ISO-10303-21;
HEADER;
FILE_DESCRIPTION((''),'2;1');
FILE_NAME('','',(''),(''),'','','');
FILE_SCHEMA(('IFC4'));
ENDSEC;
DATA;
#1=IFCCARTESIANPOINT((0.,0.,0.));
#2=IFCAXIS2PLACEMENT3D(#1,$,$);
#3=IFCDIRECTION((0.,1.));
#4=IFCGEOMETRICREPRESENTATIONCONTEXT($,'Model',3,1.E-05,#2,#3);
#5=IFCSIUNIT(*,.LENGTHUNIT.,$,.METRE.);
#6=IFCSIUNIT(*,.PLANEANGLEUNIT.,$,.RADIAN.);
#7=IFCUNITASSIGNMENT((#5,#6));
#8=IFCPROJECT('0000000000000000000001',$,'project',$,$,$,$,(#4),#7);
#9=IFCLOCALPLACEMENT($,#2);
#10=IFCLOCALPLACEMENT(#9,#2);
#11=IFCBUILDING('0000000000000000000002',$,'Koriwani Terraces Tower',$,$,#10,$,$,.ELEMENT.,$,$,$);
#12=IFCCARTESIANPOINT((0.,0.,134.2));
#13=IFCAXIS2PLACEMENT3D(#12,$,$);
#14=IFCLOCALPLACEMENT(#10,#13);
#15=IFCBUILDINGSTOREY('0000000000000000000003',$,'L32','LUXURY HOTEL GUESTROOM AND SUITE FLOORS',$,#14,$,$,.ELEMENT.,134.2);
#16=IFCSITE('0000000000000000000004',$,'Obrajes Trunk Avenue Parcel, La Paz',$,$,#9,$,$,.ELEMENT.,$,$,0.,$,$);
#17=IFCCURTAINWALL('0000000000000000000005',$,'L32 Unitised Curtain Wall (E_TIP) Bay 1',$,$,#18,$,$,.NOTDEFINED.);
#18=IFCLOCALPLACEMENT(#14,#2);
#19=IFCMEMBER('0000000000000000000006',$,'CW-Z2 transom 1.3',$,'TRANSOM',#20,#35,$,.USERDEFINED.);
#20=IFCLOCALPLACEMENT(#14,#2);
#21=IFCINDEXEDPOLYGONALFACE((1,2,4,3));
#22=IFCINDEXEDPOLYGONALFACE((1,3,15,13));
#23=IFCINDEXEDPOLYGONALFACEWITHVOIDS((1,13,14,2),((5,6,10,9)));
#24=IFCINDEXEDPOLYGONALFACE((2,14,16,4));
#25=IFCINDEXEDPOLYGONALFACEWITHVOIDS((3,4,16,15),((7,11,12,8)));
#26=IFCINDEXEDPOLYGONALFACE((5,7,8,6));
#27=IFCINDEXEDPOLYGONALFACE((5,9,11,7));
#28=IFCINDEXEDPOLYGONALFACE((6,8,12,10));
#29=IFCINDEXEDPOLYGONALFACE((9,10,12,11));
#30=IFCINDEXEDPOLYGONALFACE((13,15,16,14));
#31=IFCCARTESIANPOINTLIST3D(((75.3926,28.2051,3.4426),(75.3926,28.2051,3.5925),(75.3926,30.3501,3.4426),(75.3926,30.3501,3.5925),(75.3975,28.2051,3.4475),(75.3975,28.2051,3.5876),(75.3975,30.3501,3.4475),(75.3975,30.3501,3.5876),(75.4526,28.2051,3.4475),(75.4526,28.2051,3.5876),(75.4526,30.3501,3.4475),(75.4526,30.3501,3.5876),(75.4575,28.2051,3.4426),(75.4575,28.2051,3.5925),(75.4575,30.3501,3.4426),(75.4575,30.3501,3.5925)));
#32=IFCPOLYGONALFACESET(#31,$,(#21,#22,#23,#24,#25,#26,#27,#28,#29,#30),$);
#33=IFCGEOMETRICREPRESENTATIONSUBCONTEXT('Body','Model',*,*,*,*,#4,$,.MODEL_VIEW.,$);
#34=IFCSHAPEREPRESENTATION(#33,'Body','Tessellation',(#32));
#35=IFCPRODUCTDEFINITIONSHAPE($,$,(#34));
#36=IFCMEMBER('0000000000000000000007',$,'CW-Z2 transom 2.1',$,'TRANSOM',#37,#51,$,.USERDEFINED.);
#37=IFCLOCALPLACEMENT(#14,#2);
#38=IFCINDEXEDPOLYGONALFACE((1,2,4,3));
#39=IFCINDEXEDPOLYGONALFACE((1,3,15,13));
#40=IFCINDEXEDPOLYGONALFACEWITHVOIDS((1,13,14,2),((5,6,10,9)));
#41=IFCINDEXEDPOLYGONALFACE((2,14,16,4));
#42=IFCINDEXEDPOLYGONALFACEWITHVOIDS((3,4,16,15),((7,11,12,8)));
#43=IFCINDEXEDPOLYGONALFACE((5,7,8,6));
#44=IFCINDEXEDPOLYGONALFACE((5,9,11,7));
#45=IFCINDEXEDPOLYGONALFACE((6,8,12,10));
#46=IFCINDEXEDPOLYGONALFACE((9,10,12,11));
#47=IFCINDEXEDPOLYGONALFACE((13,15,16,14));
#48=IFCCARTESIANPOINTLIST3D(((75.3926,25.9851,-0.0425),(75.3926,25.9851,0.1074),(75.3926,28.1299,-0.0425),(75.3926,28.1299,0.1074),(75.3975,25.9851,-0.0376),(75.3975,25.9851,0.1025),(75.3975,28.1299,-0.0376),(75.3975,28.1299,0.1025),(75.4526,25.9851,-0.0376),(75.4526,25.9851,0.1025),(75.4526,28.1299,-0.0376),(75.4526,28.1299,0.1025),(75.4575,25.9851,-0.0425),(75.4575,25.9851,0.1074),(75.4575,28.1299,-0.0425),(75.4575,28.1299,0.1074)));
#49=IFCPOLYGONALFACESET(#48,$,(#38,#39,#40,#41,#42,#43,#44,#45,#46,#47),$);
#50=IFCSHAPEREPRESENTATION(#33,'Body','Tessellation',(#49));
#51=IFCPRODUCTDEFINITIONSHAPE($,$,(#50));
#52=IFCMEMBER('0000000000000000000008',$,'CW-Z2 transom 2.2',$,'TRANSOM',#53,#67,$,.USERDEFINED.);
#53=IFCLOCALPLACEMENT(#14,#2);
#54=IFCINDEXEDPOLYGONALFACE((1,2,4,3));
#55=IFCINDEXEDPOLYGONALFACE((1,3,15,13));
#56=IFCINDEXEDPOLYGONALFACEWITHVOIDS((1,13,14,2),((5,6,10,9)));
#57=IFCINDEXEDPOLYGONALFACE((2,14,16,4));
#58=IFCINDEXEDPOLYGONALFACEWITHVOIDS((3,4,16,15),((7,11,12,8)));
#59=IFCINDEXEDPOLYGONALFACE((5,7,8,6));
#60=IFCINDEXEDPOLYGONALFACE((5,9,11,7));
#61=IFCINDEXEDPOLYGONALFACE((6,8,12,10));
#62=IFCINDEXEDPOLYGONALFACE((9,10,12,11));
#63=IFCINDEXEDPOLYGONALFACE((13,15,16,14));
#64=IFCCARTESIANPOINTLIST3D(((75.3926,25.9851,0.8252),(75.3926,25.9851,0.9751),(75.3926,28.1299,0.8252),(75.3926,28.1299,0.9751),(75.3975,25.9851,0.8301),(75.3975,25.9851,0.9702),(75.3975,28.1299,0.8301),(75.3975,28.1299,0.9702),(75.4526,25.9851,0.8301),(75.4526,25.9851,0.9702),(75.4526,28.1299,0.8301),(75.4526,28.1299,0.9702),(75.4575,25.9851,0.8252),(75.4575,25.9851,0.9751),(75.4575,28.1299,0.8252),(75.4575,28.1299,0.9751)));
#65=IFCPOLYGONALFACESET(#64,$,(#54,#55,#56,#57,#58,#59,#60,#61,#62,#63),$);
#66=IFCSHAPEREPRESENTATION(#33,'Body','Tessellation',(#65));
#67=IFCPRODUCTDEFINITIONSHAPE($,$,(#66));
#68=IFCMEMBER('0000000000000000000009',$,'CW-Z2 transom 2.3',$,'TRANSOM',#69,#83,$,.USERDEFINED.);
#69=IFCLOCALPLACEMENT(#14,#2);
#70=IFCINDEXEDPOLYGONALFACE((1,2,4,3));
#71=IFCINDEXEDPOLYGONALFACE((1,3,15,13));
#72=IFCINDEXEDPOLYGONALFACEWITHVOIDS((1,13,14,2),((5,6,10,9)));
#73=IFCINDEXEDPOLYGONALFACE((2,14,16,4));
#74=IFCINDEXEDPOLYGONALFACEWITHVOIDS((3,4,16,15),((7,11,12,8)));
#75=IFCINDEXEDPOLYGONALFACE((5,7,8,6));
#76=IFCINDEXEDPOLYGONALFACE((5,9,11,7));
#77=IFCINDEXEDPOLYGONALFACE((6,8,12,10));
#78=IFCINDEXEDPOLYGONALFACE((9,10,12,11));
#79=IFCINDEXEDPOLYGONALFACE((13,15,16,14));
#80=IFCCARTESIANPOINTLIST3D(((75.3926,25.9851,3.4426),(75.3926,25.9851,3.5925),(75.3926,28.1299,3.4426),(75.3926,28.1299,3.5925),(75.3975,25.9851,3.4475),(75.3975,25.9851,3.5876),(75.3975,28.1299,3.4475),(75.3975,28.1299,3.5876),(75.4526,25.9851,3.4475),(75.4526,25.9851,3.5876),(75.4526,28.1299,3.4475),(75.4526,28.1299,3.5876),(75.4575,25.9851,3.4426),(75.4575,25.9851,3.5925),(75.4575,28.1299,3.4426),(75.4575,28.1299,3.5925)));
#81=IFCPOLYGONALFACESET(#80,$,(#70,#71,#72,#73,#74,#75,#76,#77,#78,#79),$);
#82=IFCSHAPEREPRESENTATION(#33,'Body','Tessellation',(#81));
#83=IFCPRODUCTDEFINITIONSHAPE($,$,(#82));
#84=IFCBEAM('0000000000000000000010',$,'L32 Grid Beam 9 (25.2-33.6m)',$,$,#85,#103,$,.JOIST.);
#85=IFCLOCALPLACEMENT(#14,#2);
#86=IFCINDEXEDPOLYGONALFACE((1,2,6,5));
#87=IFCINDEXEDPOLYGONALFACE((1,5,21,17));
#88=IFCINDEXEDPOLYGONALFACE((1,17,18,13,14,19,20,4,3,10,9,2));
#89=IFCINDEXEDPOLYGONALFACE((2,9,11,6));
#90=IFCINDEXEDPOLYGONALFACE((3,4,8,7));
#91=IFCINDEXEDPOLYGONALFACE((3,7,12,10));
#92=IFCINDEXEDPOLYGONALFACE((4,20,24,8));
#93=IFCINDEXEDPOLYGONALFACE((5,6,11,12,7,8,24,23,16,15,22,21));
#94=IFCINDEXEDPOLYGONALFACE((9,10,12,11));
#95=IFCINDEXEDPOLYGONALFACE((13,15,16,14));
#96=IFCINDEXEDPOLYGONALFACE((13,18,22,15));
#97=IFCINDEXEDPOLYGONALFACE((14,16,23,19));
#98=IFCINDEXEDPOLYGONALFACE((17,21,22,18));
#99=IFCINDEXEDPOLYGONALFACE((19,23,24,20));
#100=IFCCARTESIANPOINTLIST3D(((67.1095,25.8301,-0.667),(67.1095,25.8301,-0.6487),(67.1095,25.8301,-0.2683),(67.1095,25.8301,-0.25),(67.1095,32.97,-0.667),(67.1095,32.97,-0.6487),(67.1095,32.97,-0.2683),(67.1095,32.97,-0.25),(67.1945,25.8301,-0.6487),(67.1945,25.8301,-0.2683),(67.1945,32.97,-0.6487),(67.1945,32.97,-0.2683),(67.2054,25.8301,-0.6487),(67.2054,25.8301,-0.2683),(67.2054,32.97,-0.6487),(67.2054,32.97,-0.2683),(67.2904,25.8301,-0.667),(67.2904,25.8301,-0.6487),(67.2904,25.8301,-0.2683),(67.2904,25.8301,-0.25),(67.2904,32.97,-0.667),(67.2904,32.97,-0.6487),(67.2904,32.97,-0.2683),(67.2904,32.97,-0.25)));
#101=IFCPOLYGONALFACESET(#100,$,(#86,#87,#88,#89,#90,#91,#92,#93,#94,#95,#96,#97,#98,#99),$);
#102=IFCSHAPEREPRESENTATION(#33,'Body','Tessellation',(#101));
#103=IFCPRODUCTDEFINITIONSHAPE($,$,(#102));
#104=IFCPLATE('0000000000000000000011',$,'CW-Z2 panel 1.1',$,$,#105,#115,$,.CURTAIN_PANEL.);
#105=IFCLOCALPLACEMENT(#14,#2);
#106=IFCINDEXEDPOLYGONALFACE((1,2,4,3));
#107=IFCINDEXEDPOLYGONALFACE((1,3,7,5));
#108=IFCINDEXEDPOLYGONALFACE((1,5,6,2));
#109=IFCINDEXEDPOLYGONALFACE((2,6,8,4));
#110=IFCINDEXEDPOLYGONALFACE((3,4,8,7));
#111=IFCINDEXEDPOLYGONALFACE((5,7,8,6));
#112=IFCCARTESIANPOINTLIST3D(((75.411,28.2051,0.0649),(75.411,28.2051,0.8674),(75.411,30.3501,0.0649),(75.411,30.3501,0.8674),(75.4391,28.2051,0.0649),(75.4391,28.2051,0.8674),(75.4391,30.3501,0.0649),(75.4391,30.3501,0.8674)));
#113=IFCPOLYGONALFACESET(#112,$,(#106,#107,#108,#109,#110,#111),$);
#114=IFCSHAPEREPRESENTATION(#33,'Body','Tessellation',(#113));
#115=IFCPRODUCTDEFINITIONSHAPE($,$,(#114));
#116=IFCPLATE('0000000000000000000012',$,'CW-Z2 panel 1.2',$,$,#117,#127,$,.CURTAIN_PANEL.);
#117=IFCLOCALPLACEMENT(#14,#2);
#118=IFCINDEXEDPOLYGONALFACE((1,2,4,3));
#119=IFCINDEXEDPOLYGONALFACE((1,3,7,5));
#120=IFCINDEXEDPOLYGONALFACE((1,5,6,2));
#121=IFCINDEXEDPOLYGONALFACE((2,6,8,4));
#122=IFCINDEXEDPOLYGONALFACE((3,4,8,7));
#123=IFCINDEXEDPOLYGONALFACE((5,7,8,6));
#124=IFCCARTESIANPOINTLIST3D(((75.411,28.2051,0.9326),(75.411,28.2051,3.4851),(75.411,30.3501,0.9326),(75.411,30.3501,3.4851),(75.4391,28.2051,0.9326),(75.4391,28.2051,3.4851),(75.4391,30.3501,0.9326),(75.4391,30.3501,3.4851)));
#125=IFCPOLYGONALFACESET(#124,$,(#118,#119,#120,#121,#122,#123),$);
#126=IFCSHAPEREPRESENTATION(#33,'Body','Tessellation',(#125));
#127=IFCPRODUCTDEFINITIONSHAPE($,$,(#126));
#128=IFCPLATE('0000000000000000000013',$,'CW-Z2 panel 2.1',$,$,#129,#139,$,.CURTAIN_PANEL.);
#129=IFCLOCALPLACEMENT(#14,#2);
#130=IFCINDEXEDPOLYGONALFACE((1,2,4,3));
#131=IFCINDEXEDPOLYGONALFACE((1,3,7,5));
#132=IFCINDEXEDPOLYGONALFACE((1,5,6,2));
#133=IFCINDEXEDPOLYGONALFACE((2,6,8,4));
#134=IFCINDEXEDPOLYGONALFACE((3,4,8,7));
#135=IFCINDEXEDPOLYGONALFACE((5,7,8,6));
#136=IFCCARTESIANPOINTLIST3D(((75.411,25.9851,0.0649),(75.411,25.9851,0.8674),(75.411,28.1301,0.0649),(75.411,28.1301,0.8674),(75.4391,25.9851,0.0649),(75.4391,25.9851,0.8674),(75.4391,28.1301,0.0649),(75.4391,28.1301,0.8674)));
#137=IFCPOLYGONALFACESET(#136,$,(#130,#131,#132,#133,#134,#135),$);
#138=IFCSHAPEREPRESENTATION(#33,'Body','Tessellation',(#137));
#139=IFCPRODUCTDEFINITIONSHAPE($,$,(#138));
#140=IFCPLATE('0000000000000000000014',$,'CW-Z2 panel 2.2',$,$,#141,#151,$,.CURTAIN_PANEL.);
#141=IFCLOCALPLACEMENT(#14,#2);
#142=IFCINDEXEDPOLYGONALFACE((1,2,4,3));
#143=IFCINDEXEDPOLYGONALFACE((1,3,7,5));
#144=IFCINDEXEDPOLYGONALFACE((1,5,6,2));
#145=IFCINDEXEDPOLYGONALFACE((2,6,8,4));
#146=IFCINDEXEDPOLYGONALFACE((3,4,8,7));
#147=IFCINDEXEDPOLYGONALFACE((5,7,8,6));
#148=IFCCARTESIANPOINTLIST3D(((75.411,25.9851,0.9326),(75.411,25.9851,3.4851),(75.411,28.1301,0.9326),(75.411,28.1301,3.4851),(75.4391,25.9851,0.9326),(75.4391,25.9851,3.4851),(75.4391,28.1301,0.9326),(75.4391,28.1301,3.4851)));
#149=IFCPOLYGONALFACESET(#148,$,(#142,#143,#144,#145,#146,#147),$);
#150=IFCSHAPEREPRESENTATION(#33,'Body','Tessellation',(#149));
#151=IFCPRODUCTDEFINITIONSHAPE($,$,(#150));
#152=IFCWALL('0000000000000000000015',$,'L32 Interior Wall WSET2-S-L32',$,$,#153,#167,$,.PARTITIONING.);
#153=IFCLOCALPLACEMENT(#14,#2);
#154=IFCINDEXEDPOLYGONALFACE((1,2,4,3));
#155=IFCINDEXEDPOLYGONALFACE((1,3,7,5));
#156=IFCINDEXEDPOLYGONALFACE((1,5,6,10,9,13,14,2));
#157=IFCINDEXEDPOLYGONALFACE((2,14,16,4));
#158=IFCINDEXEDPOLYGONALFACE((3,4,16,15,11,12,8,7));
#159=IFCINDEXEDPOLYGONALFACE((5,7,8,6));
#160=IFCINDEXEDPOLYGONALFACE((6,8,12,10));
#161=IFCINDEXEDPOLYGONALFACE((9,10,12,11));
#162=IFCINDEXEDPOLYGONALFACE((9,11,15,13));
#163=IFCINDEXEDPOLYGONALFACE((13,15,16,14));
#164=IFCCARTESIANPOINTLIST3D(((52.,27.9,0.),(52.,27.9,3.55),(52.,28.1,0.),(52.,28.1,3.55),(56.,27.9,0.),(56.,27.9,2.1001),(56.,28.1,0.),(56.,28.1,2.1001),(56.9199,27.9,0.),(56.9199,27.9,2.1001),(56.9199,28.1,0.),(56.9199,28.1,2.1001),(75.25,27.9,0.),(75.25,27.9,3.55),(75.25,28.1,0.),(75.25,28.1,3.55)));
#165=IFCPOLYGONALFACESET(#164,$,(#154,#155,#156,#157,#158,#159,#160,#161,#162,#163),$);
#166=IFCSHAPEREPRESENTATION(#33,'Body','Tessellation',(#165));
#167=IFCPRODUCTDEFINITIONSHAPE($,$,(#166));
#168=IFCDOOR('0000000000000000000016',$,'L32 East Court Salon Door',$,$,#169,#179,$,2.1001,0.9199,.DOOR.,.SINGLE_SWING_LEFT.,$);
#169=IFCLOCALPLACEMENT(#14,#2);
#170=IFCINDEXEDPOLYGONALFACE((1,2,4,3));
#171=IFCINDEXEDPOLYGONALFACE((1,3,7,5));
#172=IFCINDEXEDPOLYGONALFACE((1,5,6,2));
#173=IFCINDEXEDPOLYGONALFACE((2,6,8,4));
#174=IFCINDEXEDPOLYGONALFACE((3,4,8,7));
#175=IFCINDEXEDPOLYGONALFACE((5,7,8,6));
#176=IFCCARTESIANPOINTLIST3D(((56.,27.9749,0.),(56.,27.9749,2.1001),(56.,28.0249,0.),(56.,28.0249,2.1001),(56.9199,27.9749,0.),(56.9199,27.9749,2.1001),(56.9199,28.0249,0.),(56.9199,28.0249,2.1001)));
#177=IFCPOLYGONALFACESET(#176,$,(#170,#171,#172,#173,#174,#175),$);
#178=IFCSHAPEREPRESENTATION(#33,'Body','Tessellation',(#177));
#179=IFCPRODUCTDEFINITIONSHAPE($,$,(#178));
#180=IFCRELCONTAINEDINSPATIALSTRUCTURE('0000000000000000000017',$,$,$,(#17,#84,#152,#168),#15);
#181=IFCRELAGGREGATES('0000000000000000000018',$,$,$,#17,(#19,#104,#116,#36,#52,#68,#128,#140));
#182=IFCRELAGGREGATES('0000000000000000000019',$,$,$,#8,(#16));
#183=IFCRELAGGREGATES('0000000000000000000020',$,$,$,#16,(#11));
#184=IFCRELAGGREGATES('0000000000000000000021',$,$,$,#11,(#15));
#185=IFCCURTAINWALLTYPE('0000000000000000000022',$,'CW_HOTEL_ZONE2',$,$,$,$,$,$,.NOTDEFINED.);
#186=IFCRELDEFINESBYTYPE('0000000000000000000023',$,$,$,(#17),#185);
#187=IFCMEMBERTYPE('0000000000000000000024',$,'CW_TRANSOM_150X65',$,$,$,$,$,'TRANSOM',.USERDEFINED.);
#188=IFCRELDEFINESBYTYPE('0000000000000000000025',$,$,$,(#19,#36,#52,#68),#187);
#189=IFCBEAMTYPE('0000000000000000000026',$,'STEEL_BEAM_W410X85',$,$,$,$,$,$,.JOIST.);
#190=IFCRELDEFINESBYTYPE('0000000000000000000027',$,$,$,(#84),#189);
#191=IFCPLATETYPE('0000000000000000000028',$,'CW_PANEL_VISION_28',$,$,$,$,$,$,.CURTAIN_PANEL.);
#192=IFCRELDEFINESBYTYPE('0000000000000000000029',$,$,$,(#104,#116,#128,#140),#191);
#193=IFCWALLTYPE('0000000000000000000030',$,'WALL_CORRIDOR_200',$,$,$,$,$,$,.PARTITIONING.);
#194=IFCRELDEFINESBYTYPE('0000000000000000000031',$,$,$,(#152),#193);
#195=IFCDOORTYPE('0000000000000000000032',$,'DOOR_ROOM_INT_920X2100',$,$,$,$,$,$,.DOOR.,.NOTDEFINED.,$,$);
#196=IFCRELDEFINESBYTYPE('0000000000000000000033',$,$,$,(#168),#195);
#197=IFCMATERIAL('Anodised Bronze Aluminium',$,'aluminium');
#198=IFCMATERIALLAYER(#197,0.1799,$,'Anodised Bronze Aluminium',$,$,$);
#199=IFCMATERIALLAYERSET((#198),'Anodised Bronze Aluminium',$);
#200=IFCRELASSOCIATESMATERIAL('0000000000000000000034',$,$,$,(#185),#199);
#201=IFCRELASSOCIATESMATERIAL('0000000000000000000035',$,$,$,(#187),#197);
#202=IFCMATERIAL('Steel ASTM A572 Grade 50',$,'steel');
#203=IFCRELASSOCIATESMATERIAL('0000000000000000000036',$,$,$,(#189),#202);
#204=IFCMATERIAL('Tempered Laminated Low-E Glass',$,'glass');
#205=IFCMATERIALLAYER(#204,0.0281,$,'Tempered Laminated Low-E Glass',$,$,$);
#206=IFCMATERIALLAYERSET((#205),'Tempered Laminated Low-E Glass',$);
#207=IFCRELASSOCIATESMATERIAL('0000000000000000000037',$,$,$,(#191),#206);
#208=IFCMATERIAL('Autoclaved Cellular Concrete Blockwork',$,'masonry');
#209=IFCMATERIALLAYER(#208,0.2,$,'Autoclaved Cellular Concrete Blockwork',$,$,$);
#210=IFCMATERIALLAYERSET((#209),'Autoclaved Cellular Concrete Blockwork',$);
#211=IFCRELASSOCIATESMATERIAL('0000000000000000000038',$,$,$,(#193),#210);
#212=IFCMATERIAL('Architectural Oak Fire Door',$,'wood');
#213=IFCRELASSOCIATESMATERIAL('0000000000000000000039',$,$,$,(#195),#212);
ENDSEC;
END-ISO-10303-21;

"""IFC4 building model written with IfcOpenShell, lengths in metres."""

from ifc_helpers import new_model, si_unit, direction, frame, frame_2d, origin, origin_2d, place, context, subcontext, project, spatial, rectangle, hollow_rectangle, i_section, extrude, material, layer, layer_set, material_profile, profile_set, type_object, element, fill, aggregate, save


model = new_model("IFC4")

# Units and contexts
model_context = context("Model", 3, precision=1e-05, world=origin(), true_north=direction((0.0, 1.0)))
body_context = subcontext(model_context, "Body", "Model", "MODEL_VIEW")
ifc_project = project(units=[si_unit("LENGTHUNIT", "METRE"), si_unit("PLANEANGLEUNIT", "RADIAN")], contexts=[model_context])

# Site, building, storey
site_placement = place(None, origin())
site = spatial("IfcSite", under=ifc_project, at=site_placement, Name="Obrajes Trunk Avenue Parcel, La Paz", CompositionType="ELEMENT", RefElevation=0.0)
building_placement = place(site_placement, origin())
building = spatial("IfcBuilding", under=site, at=building_placement, Name="Koriwani Terraces Tower", CompositionType="ELEMENT")
storey_placement = place(building_placement, frame((0.0, 0.0, 134.2)))
storey = spatial("IfcBuildingStorey", under=building, at=storey_placement, Name="L32", Description="LUXURY HOTEL GUESTROOM AND SUITE FLOORS", CompositionType="ELEMENT", Elevation=134.2)

# Curtain wall, members
ifc_material_1 = material(Name="Anodised Bronze Aluminium", Category="aluminium")
ifc_layer_1 = layer(ifc_material_1, 0.1799, Name="Anodised Bronze Aluminium")
ifc_layer_set_1 = layer_set([ifc_layer_1], Name="Anodised Bronze Aluminium")
curtain_wall_type = type_object("IfcCurtainWallType", Name="CW_HOTEL_ZONE2", PredefinedType="NOTDEFINED", material=ifc_layer_set_1)
curtain_wall_placement = place(storey_placement, origin())
curtain_wall = element("IfcCurtainWall", 1, at=curtain_wall_placement, inside=storey, type_object=curtain_wall_type, Name="L32 Unitised Curtain Wall (E_TIP) Bay 1", PredefinedType="NOTDEFINED")
ifc_material_profile_1 = material_profile(ifc_material_1, hollow_rectangle(XDim=0.0649, YDim=0.1499, WallThickness=0.0049, at=origin_2d()), Name="Anodised Bronze Aluminium", Category="LoadBearing")
ifc_profile_set_1 = profile_set([ifc_material_profile_1], Name="Anodised Bronze Aluminium")
member_type_1 = type_object("IfcMemberType", Name="CW_TRANSOM_150X65", ElementType="TRANSOM", PredefinedType="USERDEFINED", material=ifc_profile_set_1)
member_1_placement = place(storey_placement, frame((75.425, 30.3501, 3.5176), z_axis=(0.0, -1.0, 0.0), x_axis=(1.0, 0.0, 0.0)))
member_1 = element("IfcMember", 2, at=member_1_placement, type_object=member_type_1, Name="CW-Z2 transom 1.3", ObjectType="TRANSOM", PredefinedType="USERDEFINED", context=body_context, shape_type="SweptSolid", body=[
    extrude(hollow_rectangle(XDim=0.0649, YDim=0.1499, WallThickness=0.0049, at=origin_2d()), origin(), (0.0, 0.0, 1.0), 2.145),
])
member_2_placement = place(storey_placement, frame((75.425, 28.1299, 0.0325), z_axis=(0.0, -1.0, 0.0), x_axis=(1.0, 0.0, 0.0)))
member_2 = element("IfcMember", 3, at=member_2_placement, type_object=member_type_1, Name="CW-Z2 transom 2.1", ObjectType="TRANSOM", PredefinedType="USERDEFINED", context=body_context, shape_type="SweptSolid", body=[
    extrude(hollow_rectangle(XDim=0.0649, YDim=0.1499, WallThickness=0.0049, at=origin_2d()), origin(), (0.0, 0.0, 1.0), 2.1448),
])
member_3_placement = place(storey_placement, frame((75.425, 28.1299, 0.9001), z_axis=(0.0, -1.0, 0.0), x_axis=(1.0, 0.0, 0.0)))
member_3 = element("IfcMember", 4, at=member_3_placement, type_object=member_type_1, Name="CW-Z2 transom 2.2", ObjectType="TRANSOM", PredefinedType="USERDEFINED", context=body_context, shape_type="SweptSolid", body=[
    extrude(hollow_rectangle(XDim=0.0649, YDim=0.1499, WallThickness=0.0049, at=origin_2d()), origin(), (0.0, 0.0, 1.0), 2.1448),
])
member_4_placement = place(storey_placement, frame((75.425, 28.1299, 3.5176), z_axis=(0.0, -1.0, 0.0), x_axis=(1.0, 0.0, 0.0)))
member_4 = element("IfcMember", 5, at=member_4_placement, type_object=member_type_1, Name="CW-Z2 transom 2.3", ObjectType="TRANSOM", PredefinedType="USERDEFINED", context=body_context, shape_type="SweptSolid", body=[
    extrude(hollow_rectangle(XDim=0.0649, YDim=0.1499, WallThickness=0.0049, at=origin_2d()), origin(), (0.0, 0.0, 1.0), 2.1448),
])

# Beam
ifc_material_2 = material(Name="Steel ASTM A572 Grade 50", Category="steel")
ifc_material_profile_2 = material_profile(ifc_material_2, i_section(OverallWidth=0.1809, OverallDepth=0.417, WebThickness=0.011, FlangeThickness=0.0183, at=origin_2d()), Name="Steel ASTM A572 Grade 50", Category="LoadBearing")
ifc_profile_set_2 = profile_set([ifc_material_profile_2], Name="Steel ASTM A572 Grade 50")
beam_type_1 = type_object("IfcBeamType", Name="STEEL_BEAM_W410X85", PredefinedType="JOIST", material=ifc_profile_set_2)
beam_1_placement = place(storey_placement, frame((67.2, 25.8301, -0.4585), z_axis=(0.0, 1.0, 0.0), x_axis=(-1.0, 0.0, 0.0)))
element("IfcBeam", 6, at=beam_1_placement, inside=storey, type_object=beam_type_1, Name="L32 Grid Beam 9 (25.2-33.6m)", PredefinedType="JOIST", context=body_context, shape_type="SweptSolid", body=[
    extrude(i_section(OverallWidth=0.1809, OverallDepth=0.417, WebThickness=0.011, FlangeThickness=0.0183, at=origin_2d()), origin(), (0.0, 0.0, 1.0), 7.1399),
])

# Plates
ifc_material_3 = material(Name="Tempered Laminated Low-E Glass", Category="glass")
ifc_layer_2 = layer(ifc_material_3, 0.0281, Name="Tempered Laminated Low-E Glass")
ifc_layer_set_2 = layer_set([ifc_layer_2], Name="Tempered Laminated Low-E Glass")
plate_type = type_object("IfcPlateType", Name="CW_PANEL_VISION_28", PredefinedType="CURTAIN_PANEL", material=ifc_layer_set_2)
plate_1_placement = place(storey_placement, frame((75.425, 29.2776, 0.0649), z_axis=(0.0, 0.0, 1.0), x_axis=(0.0, -1.0, 0.0)))
plate_1 = element("IfcPlate", 7, at=plate_1_placement, type_object=plate_type, Name="CW-Z2 panel 1.1", PredefinedType="CURTAIN_PANEL", context=body_context, shape_type="SweptSolid", body=[
    extrude(rectangle(XDim=2.145, YDim=0.0281, at=origin_2d()), origin(), (0.0, 0.0, 1.0), 0.8025),
])
plate_2_placement = place(storey_placement, frame((75.425, 29.2776, 0.9326), z_axis=(0.0, 0.0, 1.0), x_axis=(0.0, -1.0, 0.0)))
plate_2 = element("IfcPlate", 8, at=plate_2_placement, type_object=plate_type, Name="CW-Z2 panel 1.2", PredefinedType="CURTAIN_PANEL", context=body_context, shape_type="SweptSolid", body=[
    extrude(rectangle(XDim=2.145, YDim=0.0281, at=origin_2d()), origin(), (0.0, 0.0, 1.0), 2.5525),
])
plate_3_placement = place(storey_placement, frame((75.425, 27.0576, 0.0649), z_axis=(0.0, 0.0, 1.0), x_axis=(0.0, -1.0, 0.0)))
plate_3 = element("IfcPlate", 9, at=plate_3_placement, type_object=plate_type, Name="CW-Z2 panel 2.1", PredefinedType="CURTAIN_PANEL", context=body_context, shape_type="SweptSolid", body=[
    extrude(rectangle(XDim=2.145, YDim=0.0281, at=origin_2d()), origin(), (0.0, 0.0, 1.0), 0.8025),
])
plate_4_placement = place(storey_placement, frame((75.425, 27.0576, 0.9326), z_axis=(0.0, 0.0, 1.0), x_axis=(0.0, -1.0, 0.0)))
plate_4 = element("IfcPlate", 10, at=plate_4_placement, type_object=plate_type, Name="CW-Z2 panel 2.2", PredefinedType="CURTAIN_PANEL", context=body_context, shape_type="SweptSolid", body=[
    extrude(rectangle(XDim=2.145, YDim=0.0281, at=origin_2d()), origin(), (0.0, 0.0, 1.0), 2.5525),
])
aggregate(curtain_wall, [member_1, plate_1, plate_2, member_2, member_3, member_4, plate_3, plate_4])

# Wall, opening, door
ifc_material_4 = material(Name="Autoclaved Cellular Concrete Blockwork", Category="masonry")
ifc_layer_3 = layer(ifc_material_4, 0.2, Name="Autoclaved Cellular Concrete Blockwork")
ifc_layer_set_3 = layer_set([ifc_layer_3], Name="Autoclaved Cellular Concrete Blockwork")
wall_type_1 = type_object("IfcWallType", Name="WALL_CORRIDOR_200", PredefinedType="PARTITIONING", material=ifc_layer_set_3)
wall_1_placement = place(storey_placement, frame((52.0, 28.0, 0.0), z_axis=(0.0, 0.0, 1.0), x_axis=(1.0, 0.0, 0.0)))
wall_1 = element("IfcWall", 11, at=wall_1_placement, inside=storey, type_object=wall_type_1, Name="L32 Interior Wall WSET2-S-L32", PredefinedType="PARTITIONING", context=body_context, shape_type="SweptSolid", body=[
    extrude(rectangle(XDim=23.25, YDim=0.2, at=frame_2d((11.625, 0.0))), origin(), (0.0, 0.0, 1.0), 3.55),
])
opening_1_placement = place(wall_1_placement, frame((4.0, 0.0, 0.0)))
opening_1 = element("IfcOpeningElement", 12, at=opening_1_placement, cuts=wall_1, PredefinedType="OPENING", context=body_context, shape_type="SweptSolid", body=[
    extrude(rectangle(XDim=0.9199, YDim=2.1001, at=frame_2d((0.46, 1.05))), frame((0.0, 0.1099, 0.0), z_axis=(0.0, -1.0, 0.0), x_axis=(1.0, 0.0, 0.0)), (0.0, 0.0, 1.0), 0.22),
])
ifc_material_5 = material(Name="Architectural Oak Fire Door", Category="wood")
door_type_1 = type_object("IfcDoorType", Name="DOOR_ROOM_INT_920X2100", OperationType="NOTDEFINED", PredefinedType="DOOR", material=ifc_material_5)
door_1_placement = place(opening_1_placement, origin())
door_1 = element("IfcDoor", 13, at=door_1_placement, inside=storey, type_object=door_type_1, Name="L32 East Court Salon Door", OperationType="SINGLE_SWING_LEFT", OverallHeight=2.1001, OverallWidth=0.9199, PredefinedType="DOOR", context=body_context, shape_type="SweptSolid", body=[
    extrude(rectangle(XDim=0.9199, YDim=2.1001, at=frame_2d((0.46, 1.05))), frame((0.0, 0.0249, 0.0), z_axis=(0.0, -1.0, 0.0), x_axis=(1.0, 0.0, 0.0)), (0.0, 0.0, 1.0), 0.05),
])
fill(opening_1, door_1)

save(model, "model.ifc")
